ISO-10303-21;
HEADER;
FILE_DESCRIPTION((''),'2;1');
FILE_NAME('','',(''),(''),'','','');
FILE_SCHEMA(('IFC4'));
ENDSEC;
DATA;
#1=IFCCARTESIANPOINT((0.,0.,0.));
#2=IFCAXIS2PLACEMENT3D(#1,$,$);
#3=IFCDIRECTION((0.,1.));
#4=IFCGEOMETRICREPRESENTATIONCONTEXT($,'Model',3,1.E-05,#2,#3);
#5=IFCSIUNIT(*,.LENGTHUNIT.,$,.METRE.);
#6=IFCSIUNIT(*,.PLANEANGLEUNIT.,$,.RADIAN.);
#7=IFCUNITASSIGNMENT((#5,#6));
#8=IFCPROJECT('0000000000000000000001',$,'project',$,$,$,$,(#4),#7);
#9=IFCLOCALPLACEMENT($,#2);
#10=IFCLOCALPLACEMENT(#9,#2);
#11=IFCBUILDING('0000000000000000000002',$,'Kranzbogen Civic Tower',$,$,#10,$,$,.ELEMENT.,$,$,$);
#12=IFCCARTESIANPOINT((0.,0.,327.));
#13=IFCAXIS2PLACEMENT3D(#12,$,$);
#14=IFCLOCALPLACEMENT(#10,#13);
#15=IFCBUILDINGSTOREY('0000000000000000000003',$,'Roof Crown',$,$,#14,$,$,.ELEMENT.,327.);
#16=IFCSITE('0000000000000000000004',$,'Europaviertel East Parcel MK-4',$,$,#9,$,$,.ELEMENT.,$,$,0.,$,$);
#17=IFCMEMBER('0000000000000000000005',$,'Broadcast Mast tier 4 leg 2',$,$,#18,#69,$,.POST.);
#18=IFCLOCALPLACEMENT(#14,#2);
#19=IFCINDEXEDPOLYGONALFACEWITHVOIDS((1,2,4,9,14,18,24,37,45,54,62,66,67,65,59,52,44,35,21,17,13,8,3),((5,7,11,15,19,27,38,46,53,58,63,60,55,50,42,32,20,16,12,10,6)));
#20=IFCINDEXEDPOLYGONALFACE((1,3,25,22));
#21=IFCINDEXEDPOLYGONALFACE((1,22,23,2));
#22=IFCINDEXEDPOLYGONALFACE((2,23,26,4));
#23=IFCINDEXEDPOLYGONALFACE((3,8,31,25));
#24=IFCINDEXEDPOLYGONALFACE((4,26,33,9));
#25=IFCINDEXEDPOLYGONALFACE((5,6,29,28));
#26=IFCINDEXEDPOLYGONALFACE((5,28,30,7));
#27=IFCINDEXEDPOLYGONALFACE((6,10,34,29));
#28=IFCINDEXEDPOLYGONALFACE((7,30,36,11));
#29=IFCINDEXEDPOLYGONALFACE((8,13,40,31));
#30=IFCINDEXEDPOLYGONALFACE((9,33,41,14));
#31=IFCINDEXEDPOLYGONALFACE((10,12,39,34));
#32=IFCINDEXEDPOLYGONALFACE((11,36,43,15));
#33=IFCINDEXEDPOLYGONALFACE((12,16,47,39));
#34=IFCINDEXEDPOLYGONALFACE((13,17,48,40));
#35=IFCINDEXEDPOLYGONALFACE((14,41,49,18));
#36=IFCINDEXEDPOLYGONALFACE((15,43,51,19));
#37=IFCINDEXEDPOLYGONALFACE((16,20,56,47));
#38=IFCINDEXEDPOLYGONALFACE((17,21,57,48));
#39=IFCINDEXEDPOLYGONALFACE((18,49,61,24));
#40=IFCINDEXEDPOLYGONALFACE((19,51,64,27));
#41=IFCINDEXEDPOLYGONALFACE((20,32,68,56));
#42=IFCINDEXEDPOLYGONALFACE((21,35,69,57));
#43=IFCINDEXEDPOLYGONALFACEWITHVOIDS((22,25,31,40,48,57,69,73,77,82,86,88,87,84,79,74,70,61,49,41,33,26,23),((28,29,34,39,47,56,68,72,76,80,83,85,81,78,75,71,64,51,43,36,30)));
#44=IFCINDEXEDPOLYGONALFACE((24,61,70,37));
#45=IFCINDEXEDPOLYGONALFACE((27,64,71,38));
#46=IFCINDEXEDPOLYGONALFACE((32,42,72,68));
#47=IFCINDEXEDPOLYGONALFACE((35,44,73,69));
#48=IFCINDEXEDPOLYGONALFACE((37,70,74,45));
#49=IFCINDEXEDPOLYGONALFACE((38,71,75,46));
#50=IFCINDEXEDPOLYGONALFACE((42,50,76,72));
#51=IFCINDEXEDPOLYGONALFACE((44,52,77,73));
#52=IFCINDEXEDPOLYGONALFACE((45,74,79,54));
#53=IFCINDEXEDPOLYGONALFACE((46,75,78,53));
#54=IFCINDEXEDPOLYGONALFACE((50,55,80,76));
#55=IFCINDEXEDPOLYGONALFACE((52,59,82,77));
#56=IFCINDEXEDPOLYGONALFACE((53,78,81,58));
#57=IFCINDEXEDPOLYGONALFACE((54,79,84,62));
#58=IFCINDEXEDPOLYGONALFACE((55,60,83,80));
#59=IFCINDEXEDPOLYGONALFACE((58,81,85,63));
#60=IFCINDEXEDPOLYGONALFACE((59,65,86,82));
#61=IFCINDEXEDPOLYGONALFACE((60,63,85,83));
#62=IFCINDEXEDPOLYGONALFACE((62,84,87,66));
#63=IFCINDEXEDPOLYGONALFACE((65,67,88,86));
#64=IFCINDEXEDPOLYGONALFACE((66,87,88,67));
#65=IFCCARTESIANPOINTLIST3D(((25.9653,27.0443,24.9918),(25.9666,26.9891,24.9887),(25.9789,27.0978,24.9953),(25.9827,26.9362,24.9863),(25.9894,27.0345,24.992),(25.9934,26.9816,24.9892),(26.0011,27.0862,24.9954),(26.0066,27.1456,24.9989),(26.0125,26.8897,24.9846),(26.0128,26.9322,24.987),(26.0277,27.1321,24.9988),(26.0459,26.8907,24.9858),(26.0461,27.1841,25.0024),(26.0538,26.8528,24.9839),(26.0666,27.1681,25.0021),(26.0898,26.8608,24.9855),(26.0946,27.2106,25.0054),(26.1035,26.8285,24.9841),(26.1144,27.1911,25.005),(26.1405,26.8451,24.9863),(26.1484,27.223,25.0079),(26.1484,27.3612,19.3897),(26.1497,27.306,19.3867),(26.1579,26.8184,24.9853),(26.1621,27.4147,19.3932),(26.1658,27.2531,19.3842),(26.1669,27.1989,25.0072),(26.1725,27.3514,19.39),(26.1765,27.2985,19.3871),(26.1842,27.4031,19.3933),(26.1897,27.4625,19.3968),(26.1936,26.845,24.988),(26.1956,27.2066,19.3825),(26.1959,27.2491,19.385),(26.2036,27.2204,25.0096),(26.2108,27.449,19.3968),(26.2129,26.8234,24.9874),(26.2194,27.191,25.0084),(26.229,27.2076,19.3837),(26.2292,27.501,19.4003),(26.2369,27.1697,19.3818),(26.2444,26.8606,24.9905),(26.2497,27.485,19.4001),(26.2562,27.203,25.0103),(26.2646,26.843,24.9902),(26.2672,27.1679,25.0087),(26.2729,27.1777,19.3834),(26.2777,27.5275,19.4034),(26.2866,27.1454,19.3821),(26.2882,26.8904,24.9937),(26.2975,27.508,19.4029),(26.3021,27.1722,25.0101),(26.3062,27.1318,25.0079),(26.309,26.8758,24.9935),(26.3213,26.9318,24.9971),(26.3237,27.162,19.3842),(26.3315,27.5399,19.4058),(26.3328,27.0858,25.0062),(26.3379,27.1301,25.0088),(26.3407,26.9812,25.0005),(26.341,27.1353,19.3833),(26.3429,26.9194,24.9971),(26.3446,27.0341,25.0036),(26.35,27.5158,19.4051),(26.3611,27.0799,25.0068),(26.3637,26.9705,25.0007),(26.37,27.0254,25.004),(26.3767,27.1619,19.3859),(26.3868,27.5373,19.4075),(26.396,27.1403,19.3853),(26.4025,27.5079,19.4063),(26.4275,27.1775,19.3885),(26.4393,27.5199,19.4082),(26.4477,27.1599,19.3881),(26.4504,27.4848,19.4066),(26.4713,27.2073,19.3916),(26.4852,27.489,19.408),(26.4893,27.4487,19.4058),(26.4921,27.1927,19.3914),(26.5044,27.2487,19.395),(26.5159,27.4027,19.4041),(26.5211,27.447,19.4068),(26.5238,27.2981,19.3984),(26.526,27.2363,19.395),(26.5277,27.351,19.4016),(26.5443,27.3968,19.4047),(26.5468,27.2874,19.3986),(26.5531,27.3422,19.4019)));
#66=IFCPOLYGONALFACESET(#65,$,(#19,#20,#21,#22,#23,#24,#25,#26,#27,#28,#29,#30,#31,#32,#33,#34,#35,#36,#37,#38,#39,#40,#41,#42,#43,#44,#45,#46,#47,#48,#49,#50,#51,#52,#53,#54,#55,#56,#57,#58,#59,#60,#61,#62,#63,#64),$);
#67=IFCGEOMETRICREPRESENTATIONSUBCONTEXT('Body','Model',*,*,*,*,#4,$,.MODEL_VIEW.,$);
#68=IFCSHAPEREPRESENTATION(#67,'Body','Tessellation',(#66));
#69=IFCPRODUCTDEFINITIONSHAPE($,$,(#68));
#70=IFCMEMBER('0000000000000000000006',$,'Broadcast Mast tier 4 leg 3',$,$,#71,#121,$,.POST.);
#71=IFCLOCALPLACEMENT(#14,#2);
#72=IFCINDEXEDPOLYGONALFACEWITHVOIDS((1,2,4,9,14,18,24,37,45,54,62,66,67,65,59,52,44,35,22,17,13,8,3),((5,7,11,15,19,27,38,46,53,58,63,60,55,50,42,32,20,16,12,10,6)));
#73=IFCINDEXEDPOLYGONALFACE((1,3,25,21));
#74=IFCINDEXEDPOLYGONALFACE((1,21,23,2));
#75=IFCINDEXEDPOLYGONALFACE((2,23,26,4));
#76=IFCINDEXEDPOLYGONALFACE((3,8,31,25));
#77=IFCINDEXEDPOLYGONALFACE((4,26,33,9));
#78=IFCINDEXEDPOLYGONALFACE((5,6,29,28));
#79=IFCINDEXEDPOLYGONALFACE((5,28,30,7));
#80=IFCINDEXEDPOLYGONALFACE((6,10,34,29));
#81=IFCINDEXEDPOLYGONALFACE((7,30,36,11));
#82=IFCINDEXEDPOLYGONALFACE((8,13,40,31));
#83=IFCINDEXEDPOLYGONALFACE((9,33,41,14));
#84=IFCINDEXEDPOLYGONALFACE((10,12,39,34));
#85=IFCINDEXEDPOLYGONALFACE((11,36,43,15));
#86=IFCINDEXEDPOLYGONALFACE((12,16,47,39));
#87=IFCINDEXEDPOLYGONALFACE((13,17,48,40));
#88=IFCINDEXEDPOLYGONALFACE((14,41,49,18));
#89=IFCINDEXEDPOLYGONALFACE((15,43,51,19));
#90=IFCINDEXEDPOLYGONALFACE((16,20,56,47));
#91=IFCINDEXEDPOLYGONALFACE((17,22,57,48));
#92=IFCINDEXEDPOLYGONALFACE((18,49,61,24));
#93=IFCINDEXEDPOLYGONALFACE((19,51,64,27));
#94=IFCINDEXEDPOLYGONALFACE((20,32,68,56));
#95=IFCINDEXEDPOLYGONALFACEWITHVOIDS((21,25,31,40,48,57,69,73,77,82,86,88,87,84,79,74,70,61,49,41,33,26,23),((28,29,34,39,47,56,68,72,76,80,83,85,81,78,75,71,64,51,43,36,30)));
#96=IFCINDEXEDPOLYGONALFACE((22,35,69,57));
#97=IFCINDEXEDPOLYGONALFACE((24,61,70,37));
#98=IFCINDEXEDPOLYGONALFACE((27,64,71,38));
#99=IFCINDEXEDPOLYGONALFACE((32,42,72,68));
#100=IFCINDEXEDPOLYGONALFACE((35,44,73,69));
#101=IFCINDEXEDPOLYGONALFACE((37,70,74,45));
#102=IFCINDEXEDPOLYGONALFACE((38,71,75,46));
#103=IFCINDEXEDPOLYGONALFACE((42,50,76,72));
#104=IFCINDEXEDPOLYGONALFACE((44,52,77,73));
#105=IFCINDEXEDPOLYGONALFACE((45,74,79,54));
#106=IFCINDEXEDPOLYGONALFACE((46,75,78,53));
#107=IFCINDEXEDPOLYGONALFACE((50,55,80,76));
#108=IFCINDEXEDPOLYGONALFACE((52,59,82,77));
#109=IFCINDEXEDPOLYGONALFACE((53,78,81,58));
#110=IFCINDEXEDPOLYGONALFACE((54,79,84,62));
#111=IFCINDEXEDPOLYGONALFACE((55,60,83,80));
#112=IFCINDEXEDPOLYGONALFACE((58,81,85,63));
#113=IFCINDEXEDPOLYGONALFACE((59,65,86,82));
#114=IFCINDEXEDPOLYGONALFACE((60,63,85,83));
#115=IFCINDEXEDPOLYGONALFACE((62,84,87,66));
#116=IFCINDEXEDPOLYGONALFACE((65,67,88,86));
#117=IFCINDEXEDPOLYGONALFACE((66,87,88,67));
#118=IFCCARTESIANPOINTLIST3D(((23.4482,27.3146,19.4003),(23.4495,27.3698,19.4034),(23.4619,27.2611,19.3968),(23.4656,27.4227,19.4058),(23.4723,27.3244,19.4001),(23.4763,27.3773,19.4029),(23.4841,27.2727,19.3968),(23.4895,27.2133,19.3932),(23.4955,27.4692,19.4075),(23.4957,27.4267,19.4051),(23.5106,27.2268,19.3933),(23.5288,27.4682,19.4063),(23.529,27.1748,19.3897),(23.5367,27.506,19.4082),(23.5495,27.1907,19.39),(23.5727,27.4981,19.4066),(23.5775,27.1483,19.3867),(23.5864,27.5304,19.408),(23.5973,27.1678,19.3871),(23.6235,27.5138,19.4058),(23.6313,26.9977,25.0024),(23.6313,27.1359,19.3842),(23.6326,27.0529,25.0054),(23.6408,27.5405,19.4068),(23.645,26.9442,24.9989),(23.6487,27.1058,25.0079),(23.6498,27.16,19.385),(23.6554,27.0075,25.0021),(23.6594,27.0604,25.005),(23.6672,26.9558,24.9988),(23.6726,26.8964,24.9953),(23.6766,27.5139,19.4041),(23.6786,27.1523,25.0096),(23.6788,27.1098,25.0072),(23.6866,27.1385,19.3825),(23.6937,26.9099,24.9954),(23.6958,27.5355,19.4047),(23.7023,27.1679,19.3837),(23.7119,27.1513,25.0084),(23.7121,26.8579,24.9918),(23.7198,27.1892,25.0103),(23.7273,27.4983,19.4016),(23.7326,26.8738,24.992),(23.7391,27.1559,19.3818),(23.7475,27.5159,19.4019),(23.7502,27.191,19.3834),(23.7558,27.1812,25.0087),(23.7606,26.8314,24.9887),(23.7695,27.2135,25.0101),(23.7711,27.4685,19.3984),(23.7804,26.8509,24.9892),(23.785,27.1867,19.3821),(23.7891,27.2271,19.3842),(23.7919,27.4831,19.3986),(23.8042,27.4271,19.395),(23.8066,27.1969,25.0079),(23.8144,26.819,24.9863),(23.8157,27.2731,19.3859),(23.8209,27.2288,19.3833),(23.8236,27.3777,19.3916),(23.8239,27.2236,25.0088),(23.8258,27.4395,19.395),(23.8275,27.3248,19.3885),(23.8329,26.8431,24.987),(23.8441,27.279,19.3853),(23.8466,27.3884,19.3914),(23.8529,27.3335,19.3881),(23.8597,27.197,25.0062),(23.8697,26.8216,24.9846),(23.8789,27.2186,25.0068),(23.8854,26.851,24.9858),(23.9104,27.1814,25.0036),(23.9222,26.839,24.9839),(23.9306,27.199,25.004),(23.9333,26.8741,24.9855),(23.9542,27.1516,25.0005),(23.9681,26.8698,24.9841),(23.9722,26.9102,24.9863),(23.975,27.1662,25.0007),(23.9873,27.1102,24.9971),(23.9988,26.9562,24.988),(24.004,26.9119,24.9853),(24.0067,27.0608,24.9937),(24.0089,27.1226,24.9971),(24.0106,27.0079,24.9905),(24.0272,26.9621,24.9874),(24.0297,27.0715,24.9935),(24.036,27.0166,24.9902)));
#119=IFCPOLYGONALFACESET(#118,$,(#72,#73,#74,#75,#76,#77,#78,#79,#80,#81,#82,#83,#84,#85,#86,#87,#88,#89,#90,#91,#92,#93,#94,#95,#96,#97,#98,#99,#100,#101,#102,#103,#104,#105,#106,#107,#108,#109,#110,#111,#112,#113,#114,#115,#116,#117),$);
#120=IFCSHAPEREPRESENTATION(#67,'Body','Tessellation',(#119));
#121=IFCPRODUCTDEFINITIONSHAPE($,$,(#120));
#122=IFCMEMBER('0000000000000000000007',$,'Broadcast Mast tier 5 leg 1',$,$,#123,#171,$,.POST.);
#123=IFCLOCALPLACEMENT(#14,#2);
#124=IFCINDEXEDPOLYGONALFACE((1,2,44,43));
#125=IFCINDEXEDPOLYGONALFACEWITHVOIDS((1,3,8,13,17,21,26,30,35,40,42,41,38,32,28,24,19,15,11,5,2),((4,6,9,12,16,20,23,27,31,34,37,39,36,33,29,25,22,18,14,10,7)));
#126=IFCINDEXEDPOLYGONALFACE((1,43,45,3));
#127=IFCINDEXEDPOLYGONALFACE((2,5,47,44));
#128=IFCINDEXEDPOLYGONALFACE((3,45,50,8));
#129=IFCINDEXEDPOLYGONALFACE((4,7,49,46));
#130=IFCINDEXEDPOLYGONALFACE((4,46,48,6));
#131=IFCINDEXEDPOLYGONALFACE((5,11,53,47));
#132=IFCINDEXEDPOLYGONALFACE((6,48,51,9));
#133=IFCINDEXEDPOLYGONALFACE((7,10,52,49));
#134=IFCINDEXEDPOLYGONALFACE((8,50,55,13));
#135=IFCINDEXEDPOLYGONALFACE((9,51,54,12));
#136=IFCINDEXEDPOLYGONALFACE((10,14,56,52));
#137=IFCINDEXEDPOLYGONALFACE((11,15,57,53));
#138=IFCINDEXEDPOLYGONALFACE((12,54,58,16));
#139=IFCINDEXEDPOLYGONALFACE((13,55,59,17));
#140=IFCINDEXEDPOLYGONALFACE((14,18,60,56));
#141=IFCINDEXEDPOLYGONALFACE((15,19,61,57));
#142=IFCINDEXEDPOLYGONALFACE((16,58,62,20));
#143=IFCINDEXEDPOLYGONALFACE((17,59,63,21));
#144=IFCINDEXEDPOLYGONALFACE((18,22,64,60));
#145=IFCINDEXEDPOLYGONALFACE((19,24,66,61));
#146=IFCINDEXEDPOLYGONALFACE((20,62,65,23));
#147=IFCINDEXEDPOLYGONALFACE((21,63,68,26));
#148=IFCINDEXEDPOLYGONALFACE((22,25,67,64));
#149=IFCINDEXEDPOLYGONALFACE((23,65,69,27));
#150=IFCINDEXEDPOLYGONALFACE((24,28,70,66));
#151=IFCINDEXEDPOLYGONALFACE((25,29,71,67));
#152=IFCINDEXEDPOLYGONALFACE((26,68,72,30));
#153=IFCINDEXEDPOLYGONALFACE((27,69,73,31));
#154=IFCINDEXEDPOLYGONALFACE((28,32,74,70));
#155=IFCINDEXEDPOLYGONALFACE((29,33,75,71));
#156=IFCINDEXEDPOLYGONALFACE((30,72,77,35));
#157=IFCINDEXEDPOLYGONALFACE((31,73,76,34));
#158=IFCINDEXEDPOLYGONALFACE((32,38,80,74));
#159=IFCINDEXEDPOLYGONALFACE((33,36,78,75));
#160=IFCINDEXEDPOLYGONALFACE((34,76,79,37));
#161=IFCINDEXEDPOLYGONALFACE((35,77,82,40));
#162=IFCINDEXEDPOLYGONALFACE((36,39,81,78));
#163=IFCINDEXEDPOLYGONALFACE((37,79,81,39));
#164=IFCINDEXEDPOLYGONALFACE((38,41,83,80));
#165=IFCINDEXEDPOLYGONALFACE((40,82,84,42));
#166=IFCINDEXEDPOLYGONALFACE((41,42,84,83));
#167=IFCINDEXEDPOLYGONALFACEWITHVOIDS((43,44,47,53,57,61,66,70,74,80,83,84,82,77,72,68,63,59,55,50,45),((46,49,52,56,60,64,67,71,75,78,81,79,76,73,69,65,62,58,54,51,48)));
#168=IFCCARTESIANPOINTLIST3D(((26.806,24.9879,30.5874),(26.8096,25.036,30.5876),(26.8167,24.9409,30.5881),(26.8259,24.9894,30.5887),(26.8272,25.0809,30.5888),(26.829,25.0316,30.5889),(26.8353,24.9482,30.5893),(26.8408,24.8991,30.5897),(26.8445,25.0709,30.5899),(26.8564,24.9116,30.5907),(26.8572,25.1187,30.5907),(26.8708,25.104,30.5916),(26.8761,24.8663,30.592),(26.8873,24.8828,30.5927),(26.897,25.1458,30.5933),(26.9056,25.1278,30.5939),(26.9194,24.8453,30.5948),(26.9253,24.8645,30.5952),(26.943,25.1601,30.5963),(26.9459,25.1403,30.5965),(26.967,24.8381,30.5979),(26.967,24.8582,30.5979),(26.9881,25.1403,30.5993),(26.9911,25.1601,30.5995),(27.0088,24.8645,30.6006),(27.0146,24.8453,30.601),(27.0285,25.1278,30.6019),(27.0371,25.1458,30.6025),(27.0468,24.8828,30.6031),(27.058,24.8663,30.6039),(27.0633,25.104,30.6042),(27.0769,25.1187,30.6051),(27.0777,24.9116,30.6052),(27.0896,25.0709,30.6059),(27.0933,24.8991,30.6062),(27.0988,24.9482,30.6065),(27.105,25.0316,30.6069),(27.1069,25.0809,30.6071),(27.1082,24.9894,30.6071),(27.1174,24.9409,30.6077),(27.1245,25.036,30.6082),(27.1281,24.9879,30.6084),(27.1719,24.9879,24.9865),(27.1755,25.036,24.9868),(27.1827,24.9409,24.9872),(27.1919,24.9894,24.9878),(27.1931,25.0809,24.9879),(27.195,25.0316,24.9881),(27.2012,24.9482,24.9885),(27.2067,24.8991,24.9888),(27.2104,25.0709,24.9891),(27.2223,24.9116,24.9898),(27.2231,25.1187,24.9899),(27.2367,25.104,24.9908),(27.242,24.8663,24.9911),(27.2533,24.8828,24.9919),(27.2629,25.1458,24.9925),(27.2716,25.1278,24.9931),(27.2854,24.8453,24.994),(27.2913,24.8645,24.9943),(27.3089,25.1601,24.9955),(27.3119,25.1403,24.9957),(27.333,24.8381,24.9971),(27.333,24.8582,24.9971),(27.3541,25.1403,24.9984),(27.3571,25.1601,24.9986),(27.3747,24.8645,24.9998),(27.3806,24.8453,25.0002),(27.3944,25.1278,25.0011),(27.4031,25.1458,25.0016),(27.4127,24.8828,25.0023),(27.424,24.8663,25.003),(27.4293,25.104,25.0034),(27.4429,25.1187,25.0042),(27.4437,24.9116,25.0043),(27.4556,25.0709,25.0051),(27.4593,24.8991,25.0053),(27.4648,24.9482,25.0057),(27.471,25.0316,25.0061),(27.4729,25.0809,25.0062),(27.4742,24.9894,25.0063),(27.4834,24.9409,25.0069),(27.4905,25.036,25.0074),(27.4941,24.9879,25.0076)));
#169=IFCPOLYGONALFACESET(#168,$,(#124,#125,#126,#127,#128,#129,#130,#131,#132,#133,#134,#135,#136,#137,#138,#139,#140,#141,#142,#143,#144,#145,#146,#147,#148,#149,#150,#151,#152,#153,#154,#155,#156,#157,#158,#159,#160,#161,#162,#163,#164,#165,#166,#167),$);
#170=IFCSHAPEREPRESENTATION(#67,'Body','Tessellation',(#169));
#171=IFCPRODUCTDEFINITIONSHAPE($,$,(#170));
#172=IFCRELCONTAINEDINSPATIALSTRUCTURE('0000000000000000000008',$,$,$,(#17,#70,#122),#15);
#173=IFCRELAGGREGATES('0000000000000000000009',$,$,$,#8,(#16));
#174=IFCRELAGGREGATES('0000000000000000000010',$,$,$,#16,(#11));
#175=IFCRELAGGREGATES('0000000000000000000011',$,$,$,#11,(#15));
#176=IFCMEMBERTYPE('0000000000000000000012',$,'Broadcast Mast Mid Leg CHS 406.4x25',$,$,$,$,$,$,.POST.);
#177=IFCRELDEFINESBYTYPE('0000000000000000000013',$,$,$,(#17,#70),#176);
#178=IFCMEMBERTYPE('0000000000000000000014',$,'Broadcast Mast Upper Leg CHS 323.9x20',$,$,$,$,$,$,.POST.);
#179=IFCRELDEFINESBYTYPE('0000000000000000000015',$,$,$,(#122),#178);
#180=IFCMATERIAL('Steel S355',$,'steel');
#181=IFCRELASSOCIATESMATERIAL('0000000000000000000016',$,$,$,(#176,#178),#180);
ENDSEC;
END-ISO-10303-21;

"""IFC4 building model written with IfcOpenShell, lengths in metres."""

from ifc_helpers import new_model, si_unit, direction, frame, origin, origin_2d, place, context, subcontext, project, spatial, hollow_circle, extrude, material, material_profile, profile_set, type_object, element, save


model = new_model("IFC4")

# Units and contexts
model_context = context("Model", 3, precision=1e-05, world=origin(), true_north=direction((0.0, 1.0)))
body_context = subcontext(model_context, "Body", "Model", "MODEL_VIEW")
ifc_project = project(units=[si_unit("LENGTHUNIT", "METRE"), si_unit("PLANEANGLEUNIT", "RADIAN")], contexts=[model_context])

# Site, building, storey
site_placement = place(None, origin())
site = spatial("IfcSite", under=ifc_project, at=site_placement, Name="Europaviertel East Parcel MK-4", CompositionType="ELEMENT", RefElevation=0.0)
building_placement = place(site_placement, origin())
building = spatial("IfcBuilding", under=site, at=building_placement, Name="Kranzbogen Civic Tower", CompositionType="ELEMENT")
storey_placement = place(building_placement, frame((0.0, 0.0, 327.0)))
storey = spatial("IfcBuildingStorey", under=building, at=storey_placement, Name="Roof Crown", CompositionType="ELEMENT", Elevation=327.0)

# Members
ifc_material = material(Name="Steel S355", Category="steel")
ifc_material_profile_1 = material_profile(ifc_material, hollow_circle(Radius=0.2031, WallThickness=0.0249, at=origin_2d()), Name="CHS 406.4x25")
ifc_profile_set_1 = profile_set([ifc_material_profile_1], Name="Steel S355")
member_type_1 = type_object("IfcMemberType", Name="Broadcast Mast Mid Leg CHS 406.4x25", PredefinedType="POST", material=ifc_profile_set_1)
for number, where, z_axis, x_axis, name in (
    (1, (26.3501, 27.3379, 19.395), (-0.032616, -0.056447, 0.997873), (0.865852, -0.5003, 0.0), "Broadcast Mast tier 4 leg 2"),
    (2, (23.6499, 27.3379, 19.395), (0.032616, -0.056447, 0.997873), (0.865852, 0.5003, 0.0), "Broadcast Mast tier 4 leg 3"),
):
    element("IfcMember", number, at=place(storey_placement, frame(where, z_axis=z_axis, x_axis=x_axis)), inside=storey, type_object=member_type_1, Name=name, PredefinedType="POST", context=body_context, shape_type="SweptSolid", body=[
        extrude(hollow_circle(Radius=0.2031, WallThickness=0.0249, at=origin_2d()), origin(), (0.0, 0.0, 1.0), 5.614),
    ])
ifc_material_profile_2 = material_profile(ifc_material, hollow_circle(Radius=0.1619, WallThickness=0.02, at=origin_2d()), Name="CHS 323.9x20")
ifc_profile_set_2 = profile_set([ifc_material_profile_2], Name="Steel S355")
member_type_2 = type_object("IfcMemberType", Name="Broadcast Mast Upper Leg CHS 323.9x20", PredefinedType="POST", material=ifc_profile_set_2)
for number, where, z_axis, x_axis, name in (
    (3, (27.333, 25.0, 24.9971), (-0.065202, 0.0, 0.997872), (0.0, -1.0, 0.0), "Broadcast Mast tier 5 leg 1"),
):
    element("IfcMember", number, at=place(storey_placement, frame(where, z_axis=z_axis, x_axis=x_axis)), inside=storey, type_object=member_type_2, Name=name, PredefinedType="POST", context=body_context, shape_type="SweptSolid", body=[
        extrude(hollow_circle(Radius=0.1619, WallThickness=0.02, at=origin_2d()), origin(), (0.0, 0.0, 1.0), 5.6128),
    ])

save(model, "model.ifc")
